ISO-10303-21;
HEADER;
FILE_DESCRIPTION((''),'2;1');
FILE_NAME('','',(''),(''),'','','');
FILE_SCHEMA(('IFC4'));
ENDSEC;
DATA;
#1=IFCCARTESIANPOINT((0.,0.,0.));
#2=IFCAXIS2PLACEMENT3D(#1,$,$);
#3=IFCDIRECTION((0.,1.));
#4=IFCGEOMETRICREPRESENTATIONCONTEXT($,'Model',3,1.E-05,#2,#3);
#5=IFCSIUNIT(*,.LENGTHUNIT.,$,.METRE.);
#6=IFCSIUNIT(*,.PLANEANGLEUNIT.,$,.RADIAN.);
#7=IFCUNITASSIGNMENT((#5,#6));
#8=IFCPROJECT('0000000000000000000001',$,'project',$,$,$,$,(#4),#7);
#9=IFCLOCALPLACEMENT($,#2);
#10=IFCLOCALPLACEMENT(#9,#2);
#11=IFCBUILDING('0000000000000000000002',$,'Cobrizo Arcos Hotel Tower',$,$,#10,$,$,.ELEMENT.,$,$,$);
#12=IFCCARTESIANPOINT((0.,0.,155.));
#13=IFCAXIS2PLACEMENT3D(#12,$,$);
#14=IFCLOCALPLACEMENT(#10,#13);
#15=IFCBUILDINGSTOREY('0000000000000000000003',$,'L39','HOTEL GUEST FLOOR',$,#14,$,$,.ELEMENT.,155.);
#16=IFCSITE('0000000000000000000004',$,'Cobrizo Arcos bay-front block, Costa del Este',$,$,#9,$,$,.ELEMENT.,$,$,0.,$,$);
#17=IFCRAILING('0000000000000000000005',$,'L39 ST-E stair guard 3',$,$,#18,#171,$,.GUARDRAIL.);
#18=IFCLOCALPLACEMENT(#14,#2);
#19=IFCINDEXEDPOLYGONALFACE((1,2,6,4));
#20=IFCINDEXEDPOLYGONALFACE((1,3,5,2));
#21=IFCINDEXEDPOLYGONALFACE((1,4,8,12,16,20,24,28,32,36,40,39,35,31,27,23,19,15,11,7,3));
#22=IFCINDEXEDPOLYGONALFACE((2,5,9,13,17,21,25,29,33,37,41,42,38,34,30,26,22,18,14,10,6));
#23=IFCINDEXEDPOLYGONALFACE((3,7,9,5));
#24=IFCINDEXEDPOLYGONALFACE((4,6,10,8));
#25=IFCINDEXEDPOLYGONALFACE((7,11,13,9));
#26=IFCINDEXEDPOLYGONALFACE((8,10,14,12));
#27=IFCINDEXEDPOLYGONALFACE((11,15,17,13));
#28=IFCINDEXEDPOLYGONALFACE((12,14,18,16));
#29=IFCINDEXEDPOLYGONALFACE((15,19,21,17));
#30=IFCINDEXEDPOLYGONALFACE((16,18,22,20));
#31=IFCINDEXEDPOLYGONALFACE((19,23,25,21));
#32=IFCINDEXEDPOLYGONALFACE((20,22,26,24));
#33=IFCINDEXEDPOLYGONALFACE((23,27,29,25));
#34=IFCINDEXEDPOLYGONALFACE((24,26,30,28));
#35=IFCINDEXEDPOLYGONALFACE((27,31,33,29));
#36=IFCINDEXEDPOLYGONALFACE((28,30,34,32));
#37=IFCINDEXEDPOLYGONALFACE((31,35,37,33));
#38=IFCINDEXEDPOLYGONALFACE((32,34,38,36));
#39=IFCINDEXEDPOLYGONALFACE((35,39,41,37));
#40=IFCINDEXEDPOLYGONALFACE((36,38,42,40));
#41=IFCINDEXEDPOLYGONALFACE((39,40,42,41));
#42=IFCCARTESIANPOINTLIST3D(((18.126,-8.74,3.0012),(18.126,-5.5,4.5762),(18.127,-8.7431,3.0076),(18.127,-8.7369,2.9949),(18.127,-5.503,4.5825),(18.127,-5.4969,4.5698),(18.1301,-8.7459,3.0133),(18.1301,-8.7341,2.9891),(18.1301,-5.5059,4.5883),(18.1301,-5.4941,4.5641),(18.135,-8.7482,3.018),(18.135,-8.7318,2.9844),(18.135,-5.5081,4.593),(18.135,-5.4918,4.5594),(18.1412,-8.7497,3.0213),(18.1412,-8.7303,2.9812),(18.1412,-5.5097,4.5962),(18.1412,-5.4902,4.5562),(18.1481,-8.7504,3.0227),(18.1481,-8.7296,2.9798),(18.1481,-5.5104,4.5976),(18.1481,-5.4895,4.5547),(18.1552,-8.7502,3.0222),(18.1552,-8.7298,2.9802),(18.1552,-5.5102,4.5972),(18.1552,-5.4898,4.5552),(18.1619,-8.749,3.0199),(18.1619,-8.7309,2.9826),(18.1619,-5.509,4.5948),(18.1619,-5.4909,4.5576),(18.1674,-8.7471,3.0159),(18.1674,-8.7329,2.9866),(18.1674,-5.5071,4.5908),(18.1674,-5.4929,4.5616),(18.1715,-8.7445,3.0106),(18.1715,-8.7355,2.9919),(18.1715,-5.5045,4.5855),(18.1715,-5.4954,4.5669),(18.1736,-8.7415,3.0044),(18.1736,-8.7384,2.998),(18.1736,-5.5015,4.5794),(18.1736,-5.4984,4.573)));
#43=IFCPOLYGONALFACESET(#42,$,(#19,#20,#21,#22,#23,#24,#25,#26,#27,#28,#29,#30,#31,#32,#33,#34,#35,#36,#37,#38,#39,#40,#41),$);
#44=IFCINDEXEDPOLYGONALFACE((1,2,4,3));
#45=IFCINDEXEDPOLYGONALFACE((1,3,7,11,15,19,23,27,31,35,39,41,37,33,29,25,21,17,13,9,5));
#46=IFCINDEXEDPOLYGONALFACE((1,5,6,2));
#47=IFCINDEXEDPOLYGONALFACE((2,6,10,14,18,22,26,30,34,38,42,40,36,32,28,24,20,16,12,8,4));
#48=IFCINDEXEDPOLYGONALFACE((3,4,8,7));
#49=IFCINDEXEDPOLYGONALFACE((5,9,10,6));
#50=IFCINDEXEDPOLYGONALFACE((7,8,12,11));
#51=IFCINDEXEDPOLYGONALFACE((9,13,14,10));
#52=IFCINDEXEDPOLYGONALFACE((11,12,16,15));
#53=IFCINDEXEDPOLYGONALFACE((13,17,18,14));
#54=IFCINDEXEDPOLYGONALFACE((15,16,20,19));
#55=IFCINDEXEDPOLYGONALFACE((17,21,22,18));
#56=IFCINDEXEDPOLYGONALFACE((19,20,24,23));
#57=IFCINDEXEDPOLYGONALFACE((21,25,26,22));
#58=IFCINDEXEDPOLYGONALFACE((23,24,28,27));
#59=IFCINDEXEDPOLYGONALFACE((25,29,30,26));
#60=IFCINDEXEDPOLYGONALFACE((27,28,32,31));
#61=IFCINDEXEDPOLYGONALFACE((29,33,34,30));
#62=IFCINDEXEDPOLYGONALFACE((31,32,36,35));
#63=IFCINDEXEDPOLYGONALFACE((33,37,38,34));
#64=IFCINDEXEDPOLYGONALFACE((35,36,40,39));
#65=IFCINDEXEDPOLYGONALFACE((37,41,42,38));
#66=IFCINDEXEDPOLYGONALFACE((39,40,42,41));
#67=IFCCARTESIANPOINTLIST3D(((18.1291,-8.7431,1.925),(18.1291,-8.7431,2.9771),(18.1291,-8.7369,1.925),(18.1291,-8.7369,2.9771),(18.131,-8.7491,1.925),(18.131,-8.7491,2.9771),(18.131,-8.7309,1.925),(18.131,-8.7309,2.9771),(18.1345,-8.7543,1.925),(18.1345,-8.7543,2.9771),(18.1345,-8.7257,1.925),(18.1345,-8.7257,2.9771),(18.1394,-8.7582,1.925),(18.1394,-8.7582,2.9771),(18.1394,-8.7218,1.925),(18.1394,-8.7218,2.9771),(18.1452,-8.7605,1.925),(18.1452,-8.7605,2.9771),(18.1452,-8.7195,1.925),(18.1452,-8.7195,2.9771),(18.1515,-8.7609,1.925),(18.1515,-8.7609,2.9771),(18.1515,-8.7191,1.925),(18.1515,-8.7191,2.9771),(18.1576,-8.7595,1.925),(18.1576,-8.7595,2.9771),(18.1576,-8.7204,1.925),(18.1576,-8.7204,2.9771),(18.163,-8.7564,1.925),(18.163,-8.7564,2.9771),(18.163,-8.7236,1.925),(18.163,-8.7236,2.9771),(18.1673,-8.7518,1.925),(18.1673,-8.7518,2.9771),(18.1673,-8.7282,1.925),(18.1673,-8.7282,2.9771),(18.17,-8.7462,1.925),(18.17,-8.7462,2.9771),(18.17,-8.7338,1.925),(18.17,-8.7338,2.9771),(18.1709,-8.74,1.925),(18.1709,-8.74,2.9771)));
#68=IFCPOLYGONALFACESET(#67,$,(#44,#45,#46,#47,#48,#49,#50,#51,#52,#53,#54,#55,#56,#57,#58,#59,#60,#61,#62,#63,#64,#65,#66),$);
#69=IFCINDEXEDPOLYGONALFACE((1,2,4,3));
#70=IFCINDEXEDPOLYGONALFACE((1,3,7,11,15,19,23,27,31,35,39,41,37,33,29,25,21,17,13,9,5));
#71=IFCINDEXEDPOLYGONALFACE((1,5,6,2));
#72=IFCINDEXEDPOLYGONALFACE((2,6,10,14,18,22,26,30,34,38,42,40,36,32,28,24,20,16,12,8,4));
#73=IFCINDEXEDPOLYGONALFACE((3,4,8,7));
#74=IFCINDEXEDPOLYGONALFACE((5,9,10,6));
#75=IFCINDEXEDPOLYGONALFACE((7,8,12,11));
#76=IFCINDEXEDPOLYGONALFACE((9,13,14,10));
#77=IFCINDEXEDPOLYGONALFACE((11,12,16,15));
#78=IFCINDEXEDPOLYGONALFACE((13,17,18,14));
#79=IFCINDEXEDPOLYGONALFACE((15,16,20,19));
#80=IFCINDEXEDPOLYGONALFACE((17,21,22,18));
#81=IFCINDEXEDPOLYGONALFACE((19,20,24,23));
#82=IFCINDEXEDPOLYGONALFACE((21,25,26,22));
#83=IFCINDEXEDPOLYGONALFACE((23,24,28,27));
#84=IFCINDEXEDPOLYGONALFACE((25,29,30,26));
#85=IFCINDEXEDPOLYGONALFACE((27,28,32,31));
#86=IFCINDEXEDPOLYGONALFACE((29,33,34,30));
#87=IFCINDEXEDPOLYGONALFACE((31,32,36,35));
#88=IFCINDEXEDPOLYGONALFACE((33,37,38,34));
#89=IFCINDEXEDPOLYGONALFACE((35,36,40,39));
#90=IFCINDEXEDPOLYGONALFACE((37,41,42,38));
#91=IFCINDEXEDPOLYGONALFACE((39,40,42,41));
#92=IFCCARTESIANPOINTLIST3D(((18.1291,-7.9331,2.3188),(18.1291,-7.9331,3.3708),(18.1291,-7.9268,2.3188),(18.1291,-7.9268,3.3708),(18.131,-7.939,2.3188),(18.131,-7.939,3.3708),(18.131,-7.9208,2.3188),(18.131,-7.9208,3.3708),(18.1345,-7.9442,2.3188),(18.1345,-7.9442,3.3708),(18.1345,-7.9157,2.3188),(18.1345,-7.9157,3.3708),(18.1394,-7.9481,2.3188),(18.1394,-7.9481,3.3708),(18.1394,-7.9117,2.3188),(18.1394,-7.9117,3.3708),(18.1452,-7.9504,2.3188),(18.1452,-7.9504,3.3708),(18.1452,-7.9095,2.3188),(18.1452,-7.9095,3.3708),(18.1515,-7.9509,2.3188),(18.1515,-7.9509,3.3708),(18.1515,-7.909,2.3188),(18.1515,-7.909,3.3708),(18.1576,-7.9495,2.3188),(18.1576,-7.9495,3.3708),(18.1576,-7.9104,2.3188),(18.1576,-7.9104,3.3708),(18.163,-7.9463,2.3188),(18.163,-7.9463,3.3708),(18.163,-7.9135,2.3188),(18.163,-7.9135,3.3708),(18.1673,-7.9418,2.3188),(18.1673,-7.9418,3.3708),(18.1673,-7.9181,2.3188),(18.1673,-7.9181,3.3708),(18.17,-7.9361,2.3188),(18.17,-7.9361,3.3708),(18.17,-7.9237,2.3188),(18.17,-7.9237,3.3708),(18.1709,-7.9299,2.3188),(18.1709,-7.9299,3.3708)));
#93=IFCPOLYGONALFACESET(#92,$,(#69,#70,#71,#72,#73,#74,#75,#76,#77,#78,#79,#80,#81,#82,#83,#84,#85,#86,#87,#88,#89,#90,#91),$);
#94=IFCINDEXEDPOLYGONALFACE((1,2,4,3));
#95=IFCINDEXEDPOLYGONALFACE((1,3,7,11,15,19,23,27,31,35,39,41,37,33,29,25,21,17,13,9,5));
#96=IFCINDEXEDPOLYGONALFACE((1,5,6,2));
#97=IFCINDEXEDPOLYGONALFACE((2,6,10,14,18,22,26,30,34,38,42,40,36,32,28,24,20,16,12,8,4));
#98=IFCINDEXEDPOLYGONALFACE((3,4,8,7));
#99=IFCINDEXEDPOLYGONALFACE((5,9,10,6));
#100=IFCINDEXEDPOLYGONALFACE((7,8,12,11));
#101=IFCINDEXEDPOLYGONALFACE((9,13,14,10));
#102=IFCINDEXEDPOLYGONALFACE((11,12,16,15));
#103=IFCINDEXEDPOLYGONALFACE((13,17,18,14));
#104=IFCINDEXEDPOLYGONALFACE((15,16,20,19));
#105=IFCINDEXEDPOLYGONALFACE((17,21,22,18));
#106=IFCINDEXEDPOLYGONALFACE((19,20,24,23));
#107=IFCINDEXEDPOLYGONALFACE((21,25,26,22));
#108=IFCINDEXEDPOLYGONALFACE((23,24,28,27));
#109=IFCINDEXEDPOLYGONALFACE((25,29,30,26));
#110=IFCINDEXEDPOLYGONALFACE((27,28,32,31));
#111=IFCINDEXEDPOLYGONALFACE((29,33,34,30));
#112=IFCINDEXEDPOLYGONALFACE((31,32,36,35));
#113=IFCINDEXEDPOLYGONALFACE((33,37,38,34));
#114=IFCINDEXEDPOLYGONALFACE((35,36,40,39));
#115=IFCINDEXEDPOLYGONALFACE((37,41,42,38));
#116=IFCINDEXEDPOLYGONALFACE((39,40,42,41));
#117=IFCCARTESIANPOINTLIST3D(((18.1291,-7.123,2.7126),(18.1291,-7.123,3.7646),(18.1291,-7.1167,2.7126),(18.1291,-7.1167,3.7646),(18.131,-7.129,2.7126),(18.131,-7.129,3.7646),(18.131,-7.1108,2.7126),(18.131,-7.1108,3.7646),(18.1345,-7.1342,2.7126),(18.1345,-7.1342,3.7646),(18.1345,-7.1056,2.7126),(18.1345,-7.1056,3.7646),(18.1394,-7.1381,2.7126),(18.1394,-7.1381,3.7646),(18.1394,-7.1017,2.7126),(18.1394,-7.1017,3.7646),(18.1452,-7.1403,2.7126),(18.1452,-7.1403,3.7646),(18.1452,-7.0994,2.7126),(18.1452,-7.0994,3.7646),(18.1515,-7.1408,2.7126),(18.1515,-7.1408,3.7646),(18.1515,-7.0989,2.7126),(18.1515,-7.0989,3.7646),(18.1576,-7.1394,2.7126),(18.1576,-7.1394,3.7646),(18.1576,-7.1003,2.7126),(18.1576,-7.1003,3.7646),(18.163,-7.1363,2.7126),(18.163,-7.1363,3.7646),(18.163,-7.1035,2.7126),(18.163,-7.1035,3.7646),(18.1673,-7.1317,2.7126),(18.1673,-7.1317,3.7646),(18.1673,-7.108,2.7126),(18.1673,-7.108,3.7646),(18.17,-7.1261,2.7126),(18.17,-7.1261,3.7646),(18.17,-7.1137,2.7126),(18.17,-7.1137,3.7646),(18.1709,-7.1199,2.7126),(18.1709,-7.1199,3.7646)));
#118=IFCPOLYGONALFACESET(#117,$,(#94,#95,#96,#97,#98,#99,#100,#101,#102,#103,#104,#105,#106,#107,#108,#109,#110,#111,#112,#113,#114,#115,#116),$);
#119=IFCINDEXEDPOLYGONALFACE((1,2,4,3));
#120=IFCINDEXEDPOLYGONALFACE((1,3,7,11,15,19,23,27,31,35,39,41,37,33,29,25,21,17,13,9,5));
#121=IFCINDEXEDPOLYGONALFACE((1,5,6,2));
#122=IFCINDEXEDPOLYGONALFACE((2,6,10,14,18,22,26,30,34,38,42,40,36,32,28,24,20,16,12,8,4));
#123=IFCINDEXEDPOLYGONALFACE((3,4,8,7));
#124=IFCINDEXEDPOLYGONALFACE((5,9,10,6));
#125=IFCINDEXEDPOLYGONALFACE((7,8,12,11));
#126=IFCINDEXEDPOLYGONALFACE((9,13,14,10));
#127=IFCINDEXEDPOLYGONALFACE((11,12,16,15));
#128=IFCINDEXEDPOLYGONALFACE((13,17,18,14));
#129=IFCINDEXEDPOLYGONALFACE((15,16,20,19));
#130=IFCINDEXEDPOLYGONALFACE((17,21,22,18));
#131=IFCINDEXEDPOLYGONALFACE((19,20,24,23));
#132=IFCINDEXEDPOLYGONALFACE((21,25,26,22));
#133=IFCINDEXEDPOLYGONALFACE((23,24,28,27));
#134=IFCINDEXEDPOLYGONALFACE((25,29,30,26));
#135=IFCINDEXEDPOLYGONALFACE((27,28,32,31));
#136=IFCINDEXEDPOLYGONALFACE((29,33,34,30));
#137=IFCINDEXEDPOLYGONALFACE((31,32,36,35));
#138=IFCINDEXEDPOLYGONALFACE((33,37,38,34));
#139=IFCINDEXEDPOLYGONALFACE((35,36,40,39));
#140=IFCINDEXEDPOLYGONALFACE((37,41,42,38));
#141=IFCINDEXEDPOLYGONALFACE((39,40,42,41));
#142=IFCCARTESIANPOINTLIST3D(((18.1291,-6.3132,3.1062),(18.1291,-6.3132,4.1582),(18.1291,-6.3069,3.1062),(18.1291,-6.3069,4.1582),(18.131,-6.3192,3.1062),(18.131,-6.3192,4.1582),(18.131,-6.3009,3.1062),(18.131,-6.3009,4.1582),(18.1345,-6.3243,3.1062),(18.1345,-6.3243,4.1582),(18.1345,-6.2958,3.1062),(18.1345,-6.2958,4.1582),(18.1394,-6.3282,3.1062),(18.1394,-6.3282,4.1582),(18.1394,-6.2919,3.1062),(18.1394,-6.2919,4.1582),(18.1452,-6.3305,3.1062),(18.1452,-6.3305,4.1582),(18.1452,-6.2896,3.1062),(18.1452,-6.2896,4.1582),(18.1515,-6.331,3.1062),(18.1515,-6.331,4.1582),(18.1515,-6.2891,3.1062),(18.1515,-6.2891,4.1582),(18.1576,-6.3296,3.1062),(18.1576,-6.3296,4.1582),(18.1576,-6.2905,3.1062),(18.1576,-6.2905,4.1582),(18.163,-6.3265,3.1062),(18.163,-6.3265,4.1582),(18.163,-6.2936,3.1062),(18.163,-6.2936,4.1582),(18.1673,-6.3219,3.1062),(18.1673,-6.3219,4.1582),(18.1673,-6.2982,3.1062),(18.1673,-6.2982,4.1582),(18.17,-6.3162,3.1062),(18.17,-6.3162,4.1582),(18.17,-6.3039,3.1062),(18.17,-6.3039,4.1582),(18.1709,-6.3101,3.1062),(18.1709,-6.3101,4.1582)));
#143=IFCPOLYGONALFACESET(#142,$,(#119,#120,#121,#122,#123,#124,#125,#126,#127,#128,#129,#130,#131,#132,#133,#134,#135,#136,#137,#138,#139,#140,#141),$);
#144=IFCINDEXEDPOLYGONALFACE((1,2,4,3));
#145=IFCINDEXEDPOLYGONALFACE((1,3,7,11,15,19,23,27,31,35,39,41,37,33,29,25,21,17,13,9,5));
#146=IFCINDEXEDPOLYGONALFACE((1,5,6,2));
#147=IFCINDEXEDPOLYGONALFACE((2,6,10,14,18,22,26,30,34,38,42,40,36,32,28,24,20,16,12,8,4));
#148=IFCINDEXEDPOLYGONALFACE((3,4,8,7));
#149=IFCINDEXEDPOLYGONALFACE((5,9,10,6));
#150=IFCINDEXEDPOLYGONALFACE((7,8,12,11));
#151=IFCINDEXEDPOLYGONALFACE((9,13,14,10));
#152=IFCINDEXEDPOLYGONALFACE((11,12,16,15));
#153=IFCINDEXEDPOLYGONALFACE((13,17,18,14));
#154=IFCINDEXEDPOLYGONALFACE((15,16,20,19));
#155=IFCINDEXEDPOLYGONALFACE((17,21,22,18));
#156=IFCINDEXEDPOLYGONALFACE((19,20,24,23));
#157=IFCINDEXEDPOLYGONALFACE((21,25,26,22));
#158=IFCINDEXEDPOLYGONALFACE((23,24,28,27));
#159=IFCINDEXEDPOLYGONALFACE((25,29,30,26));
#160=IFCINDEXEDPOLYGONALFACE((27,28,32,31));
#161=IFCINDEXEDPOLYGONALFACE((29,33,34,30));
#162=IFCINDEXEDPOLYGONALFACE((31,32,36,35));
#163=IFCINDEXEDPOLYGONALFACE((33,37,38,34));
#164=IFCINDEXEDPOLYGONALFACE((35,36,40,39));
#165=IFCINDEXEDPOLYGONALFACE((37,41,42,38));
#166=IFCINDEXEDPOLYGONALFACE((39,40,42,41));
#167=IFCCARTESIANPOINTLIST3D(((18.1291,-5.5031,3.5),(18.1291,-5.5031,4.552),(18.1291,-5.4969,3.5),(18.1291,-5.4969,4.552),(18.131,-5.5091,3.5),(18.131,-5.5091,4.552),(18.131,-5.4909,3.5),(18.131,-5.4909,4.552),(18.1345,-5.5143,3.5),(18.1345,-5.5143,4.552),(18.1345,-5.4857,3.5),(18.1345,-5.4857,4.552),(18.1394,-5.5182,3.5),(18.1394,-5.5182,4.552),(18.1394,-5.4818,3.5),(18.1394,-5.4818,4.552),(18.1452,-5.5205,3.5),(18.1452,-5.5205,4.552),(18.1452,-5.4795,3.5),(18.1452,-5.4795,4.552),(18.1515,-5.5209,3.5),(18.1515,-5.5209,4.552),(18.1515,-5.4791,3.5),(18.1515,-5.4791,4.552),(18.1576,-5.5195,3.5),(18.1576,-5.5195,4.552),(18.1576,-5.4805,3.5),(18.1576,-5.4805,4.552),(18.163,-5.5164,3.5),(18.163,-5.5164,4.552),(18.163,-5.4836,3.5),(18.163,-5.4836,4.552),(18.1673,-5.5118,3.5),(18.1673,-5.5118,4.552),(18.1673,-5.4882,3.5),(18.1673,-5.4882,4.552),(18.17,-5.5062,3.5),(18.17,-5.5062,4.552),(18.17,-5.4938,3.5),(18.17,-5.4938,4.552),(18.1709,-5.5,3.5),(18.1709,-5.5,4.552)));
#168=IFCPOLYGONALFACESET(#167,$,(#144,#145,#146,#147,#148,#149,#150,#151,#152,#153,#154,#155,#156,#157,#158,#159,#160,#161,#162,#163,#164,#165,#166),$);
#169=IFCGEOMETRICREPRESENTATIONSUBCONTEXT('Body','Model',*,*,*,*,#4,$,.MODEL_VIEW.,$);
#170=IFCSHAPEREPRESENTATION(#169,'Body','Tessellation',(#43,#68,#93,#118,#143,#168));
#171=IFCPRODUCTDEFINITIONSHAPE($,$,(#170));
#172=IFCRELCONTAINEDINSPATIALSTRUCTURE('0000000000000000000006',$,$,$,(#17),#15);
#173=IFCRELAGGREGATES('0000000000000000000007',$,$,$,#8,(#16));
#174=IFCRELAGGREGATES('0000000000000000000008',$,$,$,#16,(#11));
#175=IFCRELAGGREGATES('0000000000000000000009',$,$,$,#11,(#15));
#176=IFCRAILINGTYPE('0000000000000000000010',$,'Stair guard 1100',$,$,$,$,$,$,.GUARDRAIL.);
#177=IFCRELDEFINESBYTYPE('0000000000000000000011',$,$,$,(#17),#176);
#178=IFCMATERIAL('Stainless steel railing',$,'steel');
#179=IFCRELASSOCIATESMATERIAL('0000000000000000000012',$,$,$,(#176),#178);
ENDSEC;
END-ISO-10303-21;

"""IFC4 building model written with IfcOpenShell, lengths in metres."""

from ifc_helpers import new_model, si_unit, direction, frame, origin, origin_2d, place, context, subcontext, project, spatial, circle, extrude, material, type_object, element, save


model = new_model("IFC4")

# Units and contexts
model_context = context("Model", 3, precision=1e-05, world=origin(), true_north=direction((0.0, 1.0)))
body_context = subcontext(model_context, "Body", "Model", "MODEL_VIEW")
ifc_project = project(units=[si_unit("LENGTHUNIT", "METRE"), si_unit("PLANEANGLEUNIT", "RADIAN")], contexts=[model_context])

# Site, building, storey
site_placement = place(None, origin())
site = spatial("IfcSite", under=ifc_project, at=site_placement, Name="Cobrizo Arcos bay-front block, Costa del Este", CompositionType="ELEMENT", RefElevation=0.0)
building_placement = place(site_placement, origin())
building = spatial("IfcBuilding", under=site, at=building_placement, Name="Cobrizo Arcos Hotel Tower", CompositionType="ELEMENT")
storey_placement = place(building_placement, frame((0.0, 0.0, 155.0)))
storey = spatial("IfcBuildingStorey", under=building, at=storey_placement, Name="L39", Description="HOTEL GUEST FLOOR", CompositionType="ELEMENT", Elevation=155.0)

# Railing
ifc_material_1 = material(Name="Stainless steel railing", Category="steel")
railing_type_1 = type_object("IfcRailingType", Name="Stair guard 1100", PredefinedType="GUARDRAIL", material=ifc_material_1)
railing_1_placement = place(storey_placement, frame((18.1499, -8.74, 1.925)))
element("IfcRailing", 1, at=railing_1_placement, inside=storey, type_object=railing_type_1, Name="L39 ST-E stair guard 3", PredefinedType="GUARDRAIL", context=body_context, shape_type="SweptSolid", body=[
    extrude(circle(Radius=0.0239, at=origin_2d()), frame((0.0, 0.0, 1.0762), z_axis=(0.0, 0.899373, 0.437183), x_axis=(-1.0, 0.0, 0.0)), (0.0, 0.0, 1.0), 3.6025),
    extrude(circle(Radius=0.021, at=origin_2d()), origin(), (0.0, 0.0, 1.0), 1.052),
    extrude(circle(Radius=0.021, at=origin_2d()), frame((0.0, 0.8101, 0.3938)), (0.0, 0.0, 1.0), 1.052),
    extrude(circle(Radius=0.021, at=origin_2d()), frame((0.0, 1.6201, 0.7876)), (0.0, 0.0, 1.0), 1.052),
    extrude(circle(Radius=0.021, at=origin_2d()), frame((0.0, 2.4299, 1.1812)), (0.0, 0.0, 1.0), 1.052),
    extrude(circle(Radius=0.021, at=origin_2d()), frame((0.0, 3.24, 1.575)), (0.0, 0.0, 1.0), 1.052),
])

save(model, "model.ifc")
